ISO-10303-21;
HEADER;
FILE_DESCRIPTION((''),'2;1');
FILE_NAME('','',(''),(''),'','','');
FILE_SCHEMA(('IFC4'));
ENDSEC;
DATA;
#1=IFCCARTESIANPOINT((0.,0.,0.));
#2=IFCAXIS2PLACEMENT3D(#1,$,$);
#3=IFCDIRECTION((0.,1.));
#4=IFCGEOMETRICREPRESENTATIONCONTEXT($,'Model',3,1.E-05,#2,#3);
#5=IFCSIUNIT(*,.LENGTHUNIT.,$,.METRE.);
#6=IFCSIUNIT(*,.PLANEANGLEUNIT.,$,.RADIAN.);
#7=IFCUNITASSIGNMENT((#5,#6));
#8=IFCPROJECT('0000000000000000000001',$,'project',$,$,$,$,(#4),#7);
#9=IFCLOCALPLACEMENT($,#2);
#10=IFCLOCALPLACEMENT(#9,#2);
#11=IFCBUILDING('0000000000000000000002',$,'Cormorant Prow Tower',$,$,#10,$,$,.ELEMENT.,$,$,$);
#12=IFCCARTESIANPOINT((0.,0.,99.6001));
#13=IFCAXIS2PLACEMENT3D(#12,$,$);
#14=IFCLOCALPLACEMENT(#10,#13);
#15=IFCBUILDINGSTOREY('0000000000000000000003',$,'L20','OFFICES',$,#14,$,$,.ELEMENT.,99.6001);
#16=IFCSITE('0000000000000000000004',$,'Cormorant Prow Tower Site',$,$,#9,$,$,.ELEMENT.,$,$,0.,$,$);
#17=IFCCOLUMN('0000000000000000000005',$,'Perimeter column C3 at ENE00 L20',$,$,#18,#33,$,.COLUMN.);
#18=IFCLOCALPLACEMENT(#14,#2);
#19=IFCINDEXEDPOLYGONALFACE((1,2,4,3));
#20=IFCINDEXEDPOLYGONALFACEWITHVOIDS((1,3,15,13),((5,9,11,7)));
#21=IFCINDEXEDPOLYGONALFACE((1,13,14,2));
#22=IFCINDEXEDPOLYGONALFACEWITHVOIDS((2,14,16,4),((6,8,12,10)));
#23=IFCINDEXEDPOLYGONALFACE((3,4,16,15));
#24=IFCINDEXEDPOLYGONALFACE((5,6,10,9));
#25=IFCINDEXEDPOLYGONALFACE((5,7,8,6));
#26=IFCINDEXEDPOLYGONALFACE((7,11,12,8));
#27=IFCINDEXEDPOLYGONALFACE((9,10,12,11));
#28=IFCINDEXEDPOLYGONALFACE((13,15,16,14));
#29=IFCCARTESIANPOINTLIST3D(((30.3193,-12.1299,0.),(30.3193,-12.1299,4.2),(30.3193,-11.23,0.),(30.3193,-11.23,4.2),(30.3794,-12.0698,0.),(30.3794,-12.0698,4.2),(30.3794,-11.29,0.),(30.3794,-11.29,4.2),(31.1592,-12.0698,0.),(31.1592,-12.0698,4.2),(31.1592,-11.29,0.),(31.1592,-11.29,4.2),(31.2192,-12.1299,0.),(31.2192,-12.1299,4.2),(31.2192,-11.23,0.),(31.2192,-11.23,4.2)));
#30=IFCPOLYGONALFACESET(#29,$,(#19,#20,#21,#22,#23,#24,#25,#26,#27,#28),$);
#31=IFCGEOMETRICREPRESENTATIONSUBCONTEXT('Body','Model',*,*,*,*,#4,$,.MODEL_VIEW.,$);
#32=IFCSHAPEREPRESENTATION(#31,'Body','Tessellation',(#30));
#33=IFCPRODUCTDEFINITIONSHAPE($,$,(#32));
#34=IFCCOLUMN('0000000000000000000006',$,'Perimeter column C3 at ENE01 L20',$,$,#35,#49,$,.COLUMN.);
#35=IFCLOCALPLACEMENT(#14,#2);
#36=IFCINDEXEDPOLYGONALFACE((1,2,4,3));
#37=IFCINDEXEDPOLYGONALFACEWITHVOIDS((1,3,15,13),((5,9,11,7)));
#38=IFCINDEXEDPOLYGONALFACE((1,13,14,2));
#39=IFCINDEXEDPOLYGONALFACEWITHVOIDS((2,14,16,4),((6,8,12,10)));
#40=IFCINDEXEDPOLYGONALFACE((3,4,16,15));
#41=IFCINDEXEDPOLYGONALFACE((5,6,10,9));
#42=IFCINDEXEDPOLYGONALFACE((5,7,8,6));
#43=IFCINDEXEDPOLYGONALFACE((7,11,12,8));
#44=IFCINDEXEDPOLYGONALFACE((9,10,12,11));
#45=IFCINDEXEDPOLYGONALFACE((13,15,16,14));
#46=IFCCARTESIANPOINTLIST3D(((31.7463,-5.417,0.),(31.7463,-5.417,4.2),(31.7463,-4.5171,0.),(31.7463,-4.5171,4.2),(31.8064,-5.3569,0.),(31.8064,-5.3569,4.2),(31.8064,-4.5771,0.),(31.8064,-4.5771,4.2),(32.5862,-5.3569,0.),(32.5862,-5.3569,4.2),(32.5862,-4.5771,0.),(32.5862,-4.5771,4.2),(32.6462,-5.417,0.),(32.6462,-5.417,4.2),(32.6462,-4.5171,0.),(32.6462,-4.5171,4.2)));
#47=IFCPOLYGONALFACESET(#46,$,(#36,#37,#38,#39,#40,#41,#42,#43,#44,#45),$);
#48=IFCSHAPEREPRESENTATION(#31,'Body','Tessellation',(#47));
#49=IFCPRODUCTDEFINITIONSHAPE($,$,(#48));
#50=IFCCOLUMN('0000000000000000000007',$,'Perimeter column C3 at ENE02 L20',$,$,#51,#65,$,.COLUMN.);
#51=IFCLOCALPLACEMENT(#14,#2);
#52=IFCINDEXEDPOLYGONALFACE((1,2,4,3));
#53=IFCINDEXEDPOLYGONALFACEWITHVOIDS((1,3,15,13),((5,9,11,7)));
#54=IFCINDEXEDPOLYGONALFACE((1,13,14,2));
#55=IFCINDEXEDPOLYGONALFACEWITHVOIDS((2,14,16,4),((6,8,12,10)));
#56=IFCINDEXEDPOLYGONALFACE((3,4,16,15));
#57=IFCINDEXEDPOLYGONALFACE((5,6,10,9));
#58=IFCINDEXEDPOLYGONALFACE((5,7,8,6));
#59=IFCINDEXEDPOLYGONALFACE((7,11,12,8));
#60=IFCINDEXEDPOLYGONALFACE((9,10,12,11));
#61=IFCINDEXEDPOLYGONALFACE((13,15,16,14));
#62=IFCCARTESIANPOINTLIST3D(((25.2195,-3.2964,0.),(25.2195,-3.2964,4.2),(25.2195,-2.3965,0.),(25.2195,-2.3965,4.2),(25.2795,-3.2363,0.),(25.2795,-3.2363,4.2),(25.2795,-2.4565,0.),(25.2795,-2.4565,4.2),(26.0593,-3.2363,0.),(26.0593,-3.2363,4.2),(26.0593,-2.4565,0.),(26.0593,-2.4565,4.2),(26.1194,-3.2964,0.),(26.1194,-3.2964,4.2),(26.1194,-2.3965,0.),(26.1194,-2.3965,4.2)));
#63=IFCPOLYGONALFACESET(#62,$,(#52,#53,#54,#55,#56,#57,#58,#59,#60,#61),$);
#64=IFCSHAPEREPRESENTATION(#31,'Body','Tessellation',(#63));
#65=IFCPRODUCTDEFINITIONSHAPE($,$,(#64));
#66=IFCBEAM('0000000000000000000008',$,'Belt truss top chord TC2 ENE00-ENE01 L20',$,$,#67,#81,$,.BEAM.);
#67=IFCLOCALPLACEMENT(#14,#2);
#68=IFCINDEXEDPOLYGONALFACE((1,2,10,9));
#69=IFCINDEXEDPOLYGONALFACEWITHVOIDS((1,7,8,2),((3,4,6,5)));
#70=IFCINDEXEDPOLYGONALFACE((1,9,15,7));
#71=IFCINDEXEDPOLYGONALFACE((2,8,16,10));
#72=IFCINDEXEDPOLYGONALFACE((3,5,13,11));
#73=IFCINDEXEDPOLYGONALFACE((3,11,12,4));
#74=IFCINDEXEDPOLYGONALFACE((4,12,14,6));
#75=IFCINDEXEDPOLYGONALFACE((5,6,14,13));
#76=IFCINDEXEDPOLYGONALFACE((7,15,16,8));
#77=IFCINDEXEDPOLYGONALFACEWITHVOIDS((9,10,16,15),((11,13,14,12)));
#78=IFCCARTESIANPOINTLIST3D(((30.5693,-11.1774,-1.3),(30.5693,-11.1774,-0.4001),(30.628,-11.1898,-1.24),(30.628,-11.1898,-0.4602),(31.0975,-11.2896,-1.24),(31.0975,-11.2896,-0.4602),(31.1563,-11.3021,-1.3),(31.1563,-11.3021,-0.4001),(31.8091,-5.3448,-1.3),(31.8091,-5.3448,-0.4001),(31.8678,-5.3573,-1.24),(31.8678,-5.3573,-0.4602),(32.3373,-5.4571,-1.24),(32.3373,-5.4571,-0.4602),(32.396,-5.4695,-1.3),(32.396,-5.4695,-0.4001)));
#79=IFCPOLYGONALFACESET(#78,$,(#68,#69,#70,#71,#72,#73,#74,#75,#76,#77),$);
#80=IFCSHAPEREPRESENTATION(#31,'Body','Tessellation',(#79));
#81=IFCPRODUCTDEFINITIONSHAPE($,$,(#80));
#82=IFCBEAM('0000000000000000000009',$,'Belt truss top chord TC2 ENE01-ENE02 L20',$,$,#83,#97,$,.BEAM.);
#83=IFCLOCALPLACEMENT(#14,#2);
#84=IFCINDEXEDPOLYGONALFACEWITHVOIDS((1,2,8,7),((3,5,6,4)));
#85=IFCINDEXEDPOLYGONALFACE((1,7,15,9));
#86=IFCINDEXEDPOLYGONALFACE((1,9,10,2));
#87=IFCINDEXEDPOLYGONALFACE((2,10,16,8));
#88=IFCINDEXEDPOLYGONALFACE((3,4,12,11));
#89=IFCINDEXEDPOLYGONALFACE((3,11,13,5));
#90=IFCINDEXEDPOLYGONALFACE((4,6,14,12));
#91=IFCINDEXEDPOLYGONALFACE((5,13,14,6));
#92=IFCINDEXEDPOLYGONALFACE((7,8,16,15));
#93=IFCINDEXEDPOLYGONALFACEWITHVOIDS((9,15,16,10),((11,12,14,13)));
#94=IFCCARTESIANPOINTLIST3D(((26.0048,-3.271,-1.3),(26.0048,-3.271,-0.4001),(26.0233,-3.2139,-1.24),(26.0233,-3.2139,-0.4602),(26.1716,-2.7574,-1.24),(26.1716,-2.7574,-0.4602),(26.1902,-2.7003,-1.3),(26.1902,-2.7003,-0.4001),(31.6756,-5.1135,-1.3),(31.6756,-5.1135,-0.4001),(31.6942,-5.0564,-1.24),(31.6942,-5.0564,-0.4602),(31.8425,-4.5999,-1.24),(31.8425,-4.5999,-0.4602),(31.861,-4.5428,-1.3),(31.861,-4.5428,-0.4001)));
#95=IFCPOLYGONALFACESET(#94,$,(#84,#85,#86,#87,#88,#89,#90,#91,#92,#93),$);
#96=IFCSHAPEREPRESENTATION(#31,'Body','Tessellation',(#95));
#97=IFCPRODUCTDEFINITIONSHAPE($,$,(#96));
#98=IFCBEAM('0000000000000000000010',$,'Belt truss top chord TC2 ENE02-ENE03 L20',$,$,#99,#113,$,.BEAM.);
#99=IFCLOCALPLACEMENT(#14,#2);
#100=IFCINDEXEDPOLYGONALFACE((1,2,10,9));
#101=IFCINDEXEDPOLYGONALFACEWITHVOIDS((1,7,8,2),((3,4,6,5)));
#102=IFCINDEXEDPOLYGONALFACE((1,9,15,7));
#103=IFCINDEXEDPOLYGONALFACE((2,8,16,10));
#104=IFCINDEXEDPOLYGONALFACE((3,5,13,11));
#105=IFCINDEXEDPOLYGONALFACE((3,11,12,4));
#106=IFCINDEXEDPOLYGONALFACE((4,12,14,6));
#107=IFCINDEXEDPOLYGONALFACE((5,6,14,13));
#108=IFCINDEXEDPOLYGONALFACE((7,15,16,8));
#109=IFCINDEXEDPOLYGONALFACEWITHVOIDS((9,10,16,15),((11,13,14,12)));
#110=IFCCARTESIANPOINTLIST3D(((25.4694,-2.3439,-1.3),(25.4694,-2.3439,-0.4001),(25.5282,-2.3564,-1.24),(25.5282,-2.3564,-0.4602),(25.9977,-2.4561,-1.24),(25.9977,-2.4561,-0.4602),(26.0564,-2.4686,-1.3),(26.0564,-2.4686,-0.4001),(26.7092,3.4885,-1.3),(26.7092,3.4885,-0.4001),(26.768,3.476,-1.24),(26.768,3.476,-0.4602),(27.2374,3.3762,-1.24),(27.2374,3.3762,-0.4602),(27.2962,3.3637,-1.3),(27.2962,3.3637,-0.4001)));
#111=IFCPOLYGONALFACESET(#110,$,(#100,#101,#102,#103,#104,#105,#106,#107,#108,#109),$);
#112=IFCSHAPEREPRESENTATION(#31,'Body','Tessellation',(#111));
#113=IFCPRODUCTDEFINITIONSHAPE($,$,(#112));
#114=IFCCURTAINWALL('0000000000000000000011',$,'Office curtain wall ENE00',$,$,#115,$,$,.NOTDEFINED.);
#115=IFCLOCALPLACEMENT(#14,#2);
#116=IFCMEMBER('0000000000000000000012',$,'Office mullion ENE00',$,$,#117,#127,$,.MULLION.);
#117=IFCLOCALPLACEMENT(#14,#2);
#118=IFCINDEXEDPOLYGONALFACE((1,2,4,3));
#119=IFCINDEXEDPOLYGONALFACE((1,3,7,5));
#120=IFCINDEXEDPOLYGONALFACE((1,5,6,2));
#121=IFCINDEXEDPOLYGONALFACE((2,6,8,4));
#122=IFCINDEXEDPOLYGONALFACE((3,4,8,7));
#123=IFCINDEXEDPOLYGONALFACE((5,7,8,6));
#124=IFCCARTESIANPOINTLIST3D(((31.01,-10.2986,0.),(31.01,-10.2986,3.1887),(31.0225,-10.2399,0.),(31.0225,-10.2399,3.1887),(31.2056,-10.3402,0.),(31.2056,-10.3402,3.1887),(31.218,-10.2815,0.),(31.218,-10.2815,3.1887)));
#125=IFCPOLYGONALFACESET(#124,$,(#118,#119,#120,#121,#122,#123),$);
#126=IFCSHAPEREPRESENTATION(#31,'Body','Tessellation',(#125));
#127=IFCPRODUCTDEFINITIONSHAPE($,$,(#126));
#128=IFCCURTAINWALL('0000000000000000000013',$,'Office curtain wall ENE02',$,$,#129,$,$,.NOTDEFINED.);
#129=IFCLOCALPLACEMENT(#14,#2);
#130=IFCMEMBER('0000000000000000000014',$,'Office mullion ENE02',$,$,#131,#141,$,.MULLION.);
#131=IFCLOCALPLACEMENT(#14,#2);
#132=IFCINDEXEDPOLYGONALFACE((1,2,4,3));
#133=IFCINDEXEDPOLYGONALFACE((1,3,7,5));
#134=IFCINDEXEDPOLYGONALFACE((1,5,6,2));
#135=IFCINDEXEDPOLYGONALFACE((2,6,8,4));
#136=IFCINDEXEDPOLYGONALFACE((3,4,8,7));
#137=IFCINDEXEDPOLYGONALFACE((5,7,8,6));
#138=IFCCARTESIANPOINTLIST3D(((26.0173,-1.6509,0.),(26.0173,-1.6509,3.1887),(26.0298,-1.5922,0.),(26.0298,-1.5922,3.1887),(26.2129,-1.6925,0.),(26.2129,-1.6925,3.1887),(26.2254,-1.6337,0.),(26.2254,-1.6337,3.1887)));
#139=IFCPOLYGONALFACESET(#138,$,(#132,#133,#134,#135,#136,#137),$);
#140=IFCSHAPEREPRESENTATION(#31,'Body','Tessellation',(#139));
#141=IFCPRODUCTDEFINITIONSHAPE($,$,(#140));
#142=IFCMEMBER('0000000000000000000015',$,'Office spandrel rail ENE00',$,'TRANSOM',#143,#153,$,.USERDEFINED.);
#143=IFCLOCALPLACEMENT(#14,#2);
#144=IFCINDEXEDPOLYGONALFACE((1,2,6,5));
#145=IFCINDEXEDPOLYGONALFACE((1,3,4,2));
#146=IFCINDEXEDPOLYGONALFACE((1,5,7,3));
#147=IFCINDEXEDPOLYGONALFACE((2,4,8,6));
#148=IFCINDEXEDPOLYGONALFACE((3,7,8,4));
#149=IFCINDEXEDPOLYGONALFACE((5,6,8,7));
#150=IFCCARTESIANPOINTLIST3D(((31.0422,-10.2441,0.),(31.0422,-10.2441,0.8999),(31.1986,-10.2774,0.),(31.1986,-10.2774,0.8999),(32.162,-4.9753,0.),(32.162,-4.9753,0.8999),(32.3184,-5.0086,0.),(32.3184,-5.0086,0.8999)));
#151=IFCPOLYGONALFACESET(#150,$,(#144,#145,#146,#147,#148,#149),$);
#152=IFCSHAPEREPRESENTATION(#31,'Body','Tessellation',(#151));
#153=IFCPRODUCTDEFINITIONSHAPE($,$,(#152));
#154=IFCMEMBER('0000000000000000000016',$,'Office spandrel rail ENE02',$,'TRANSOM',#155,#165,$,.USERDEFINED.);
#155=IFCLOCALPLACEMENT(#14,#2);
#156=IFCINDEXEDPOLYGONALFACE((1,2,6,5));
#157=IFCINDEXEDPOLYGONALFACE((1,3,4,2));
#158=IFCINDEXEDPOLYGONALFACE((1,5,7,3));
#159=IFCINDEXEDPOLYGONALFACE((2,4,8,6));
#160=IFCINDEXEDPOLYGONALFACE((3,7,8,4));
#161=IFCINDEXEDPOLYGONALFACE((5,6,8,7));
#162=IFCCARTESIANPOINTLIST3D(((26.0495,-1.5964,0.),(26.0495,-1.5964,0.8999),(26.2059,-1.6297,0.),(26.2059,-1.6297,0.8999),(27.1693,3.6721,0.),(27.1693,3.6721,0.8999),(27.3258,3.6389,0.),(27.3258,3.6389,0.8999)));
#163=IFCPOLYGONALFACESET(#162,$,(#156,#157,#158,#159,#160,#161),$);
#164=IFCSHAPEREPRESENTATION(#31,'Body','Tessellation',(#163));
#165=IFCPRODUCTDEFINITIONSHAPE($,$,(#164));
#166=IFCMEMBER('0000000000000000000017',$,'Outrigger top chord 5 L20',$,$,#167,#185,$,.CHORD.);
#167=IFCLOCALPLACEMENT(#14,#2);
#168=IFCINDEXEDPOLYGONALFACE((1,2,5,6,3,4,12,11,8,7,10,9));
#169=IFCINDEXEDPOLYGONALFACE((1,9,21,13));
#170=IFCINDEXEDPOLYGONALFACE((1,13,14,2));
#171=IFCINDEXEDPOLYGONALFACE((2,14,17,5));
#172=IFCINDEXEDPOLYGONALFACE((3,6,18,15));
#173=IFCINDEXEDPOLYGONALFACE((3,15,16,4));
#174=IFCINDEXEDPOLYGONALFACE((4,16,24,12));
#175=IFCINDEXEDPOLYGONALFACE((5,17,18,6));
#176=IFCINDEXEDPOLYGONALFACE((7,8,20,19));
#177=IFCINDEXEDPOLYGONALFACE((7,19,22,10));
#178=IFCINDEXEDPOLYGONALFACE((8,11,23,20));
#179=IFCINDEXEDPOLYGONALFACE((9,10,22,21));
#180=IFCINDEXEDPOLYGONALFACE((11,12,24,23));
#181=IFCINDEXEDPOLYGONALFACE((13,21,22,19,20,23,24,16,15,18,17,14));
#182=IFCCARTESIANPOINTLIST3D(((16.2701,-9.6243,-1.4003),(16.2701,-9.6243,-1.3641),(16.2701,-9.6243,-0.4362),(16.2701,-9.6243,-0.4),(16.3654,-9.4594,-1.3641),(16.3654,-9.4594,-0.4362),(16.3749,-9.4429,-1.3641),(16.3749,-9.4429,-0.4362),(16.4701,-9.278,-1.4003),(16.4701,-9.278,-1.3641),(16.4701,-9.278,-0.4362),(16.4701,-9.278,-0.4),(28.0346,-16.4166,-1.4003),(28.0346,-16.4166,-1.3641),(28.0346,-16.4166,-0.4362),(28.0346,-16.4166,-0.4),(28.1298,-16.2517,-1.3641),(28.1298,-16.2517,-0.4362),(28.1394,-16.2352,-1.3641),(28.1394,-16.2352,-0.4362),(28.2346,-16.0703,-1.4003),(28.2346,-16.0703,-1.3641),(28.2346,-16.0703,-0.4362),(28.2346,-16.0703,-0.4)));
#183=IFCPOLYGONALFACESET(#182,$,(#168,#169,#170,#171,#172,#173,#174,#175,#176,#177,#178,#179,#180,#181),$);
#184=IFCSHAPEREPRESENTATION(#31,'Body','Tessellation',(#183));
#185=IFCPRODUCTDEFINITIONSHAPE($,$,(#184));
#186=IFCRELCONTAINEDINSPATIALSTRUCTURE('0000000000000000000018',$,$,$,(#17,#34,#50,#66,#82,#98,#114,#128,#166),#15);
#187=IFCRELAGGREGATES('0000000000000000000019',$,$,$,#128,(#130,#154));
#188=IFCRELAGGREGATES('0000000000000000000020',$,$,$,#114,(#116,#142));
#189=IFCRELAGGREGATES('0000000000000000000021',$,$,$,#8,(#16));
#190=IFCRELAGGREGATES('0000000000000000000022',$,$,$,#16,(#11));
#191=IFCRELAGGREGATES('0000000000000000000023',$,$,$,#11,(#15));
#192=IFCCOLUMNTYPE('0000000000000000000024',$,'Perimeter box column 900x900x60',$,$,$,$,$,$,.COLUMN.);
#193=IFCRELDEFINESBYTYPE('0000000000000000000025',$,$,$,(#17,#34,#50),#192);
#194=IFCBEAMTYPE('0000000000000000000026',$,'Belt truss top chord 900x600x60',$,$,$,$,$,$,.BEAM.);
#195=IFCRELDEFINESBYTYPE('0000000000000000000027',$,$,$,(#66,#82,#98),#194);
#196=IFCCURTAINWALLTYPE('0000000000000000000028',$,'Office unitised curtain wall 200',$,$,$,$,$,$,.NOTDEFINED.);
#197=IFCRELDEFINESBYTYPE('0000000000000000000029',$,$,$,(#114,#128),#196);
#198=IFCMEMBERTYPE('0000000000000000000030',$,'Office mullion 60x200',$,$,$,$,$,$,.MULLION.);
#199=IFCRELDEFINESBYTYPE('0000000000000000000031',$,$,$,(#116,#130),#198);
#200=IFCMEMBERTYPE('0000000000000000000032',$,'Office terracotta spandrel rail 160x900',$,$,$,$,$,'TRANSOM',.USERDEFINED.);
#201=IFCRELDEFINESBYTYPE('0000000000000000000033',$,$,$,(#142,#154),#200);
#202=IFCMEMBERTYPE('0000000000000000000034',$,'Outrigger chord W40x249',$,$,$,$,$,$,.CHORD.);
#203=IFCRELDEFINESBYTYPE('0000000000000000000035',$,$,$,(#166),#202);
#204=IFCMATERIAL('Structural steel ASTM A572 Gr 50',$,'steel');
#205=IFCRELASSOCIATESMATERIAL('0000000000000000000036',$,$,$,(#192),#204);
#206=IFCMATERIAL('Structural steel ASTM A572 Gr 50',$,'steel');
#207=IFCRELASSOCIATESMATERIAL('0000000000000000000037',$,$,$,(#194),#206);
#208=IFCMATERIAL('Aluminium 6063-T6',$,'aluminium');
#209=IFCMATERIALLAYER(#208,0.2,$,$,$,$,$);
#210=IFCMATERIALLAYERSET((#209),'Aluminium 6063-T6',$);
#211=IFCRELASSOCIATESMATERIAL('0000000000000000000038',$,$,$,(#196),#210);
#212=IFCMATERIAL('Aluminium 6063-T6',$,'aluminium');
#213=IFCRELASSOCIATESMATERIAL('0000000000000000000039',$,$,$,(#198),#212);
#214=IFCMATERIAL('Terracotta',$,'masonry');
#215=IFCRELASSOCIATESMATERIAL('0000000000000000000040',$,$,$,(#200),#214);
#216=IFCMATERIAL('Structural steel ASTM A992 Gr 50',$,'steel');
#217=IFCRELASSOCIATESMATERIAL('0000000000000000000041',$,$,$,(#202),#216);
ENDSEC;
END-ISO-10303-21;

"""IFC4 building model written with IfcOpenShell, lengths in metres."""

from ifc_helpers import new_model, si_unit, direction, frame, origin, origin_2d, place, context, subcontext, project, spatial, rectangle, hollow_rectangle, i_section, extrude, material, layer, layer_set, material_profile, profile_set, type_object, element, aggregate, save


model = new_model("IFC4")

# Units and contexts
model_context = context("Model", 3, precision=1e-05, world=origin(), true_north=direction((0.0, 1.0)))
body_context = subcontext(model_context, "Body", "Model", "MODEL_VIEW")
ifc_project = project(units=[si_unit("LENGTHUNIT", "METRE"), si_unit("PLANEANGLEUNIT", "RADIAN")], contexts=[model_context])

# Site, building, storey
site_placement = place(None, origin())
site = spatial("IfcSite", under=ifc_project, at=site_placement, Name="Cormorant Prow Tower Site", CompositionType="ELEMENT", RefElevation=0.0)
building_placement = place(site_placement, origin())
building = spatial("IfcBuilding", under=site, at=building_placement, Name="Cormorant Prow Tower", CompositionType="ELEMENT")
storey_placement = place(building_placement, frame((0.0, 0.0, 99.6001)))
storey = spatial("IfcBuildingStorey", under=building, at=storey_placement, Name="L20", Description="OFFICES", CompositionType="ELEMENT", Elevation=99.6001)

# Columns
ifc_material_1 = material(Name="Structural steel ASTM A572 Gr 50", Category="steel")
ifc_material_profile_1 = material_profile(ifc_material_1, hollow_rectangle(XDim=0.8999, YDim=0.8999, WallThickness=0.0601, at=origin_2d()), Name="Box 900x900x60")
ifc_profile_set_1 = profile_set([ifc_material_profile_1], Name="Structural steel ASTM A572 Gr 50")
column_type = type_object("IfcColumnType", Name="Perimeter box column 900x900x60", PredefinedType="COLUMN", material=ifc_profile_set_1)
for number, where, z_axis, x_axis, name in (
    (1, (30.7693, -11.6799, 0.0), (0.0, 0.0, 1.0), (1.0, 0.0, 0.0), "Perimeter column C3 at ENE00 L20"),
    (2, (32.1963, -4.967, 0.0), (0.0, 0.0, 1.0), (1.0, 0.0, 0.0), "Perimeter column C3 at ENE01 L20"),
    (3, (25.6694, -2.8464, 0.0), (0.0, 0.0, 1.0), (1.0, 0.0, 0.0), "Perimeter column C3 at ENE02 L20"),
):
    element("IfcColumn", number, at=place(storey_placement, frame(where, z_axis=z_axis, x_axis=x_axis)), inside=storey, type_object=column_type, Name=name, PredefinedType="COLUMN", context=body_context, shape_type="SweptSolid", body=[
        extrude(hollow_rectangle(XDim=0.8999, YDim=0.8999, WallThickness=0.0601, at=origin_2d()), origin(), (0.0, 0.0, 1.0), 4.2),
    ])

# Beams
ifc_material_2 = material(Name="Structural steel ASTM A572 Gr 50", Category="steel")
ifc_material_profile_2 = material_profile(ifc_material_2, hollow_rectangle(XDim=0.6001, YDim=0.8999, WallThickness=0.0601, at=origin_2d()), Name="Box 900x600x60")
ifc_profile_set_2 = profile_set([ifc_material_profile_2], Name="Structural steel ASTM A572 Gr 50")
beam_type_1 = type_object("IfcBeamType", Name="Belt truss top chord 900x600x60", PredefinedType="BEAM", material=ifc_profile_set_2)
beam_1_placement = place(storey_placement, frame((30.8628, -11.2397, -0.8501), z_axis=(0.207913, 0.978147, 0.0), x_axis=(-0.978147, 0.207913, 0.0)))
element("IfcBeam", 4, at=beam_1_placement, inside=storey, type_object=beam_type_1, Name="Belt truss top chord TC2 ENE00-ENE01 L20", PredefinedType="BEAM", context=body_context, shape_type="SweptSolid", body=[
    extrude(hollow_rectangle(XDim=0.6001, YDim=0.8999, WallThickness=0.0601, at=origin_2d()), origin(), (0.0, 0.0, 1.0), 5.9629),
])
for number, where, z_axis, x_axis, name in (
    (5, (31.7683, -4.8281, -0.8501), (-0.951059, 0.309008, 0.0), (-0.309008, -0.951059, 0.0), "Belt truss top chord TC2 ENE01-ENE02 L20"),
    (6, (25.7629, -2.4062, -0.8501), (0.207921, 0.978146, 0.0), (-0.978146, 0.207921, 0.0), "Belt truss top chord TC2 ENE02-ENE03 L20"),
):
    element("IfcBeam", number, at=place(storey_placement, frame(where, z_axis=z_axis, x_axis=x_axis)), inside=storey, type_object=beam_type_1, Name=name, PredefinedType="BEAM", context=body_context, shape_type="SweptSolid", body=[
        extrude(hollow_rectangle(XDim=0.6001, YDim=0.8999, WallThickness=0.0601, at=origin_2d()), origin(), (0.0, 0.0, 1.0), 5.9626),
    ])

# Curtain walls, members
ifc_material_3 = material(Name="Aluminium 6063-T6", Category="aluminium")
ifc_layer_1 = layer(ifc_material_3, 0.2)
ifc_layer_set_1 = layer_set([ifc_layer_1], Name="Aluminium 6063-T6")
curtain_wall_type = type_object("IfcCurtainWallType", Name="Office unitised curtain wall 200", PredefinedType="NOTDEFINED", material=ifc_layer_set_1)
curtain_wall_1_placement = place(storey_placement, origin())
curtain_wall_1 = element("IfcCurtainWall", 7, at=curtain_wall_1_placement, inside=storey, type_object=curtain_wall_type, Name="Office curtain wall ENE00", PredefinedType="NOTDEFINED")
ifc_material_4 = material(Name="Aluminium 6063-T6", Category="aluminium")
ifc_material_profile_3 = material_profile(ifc_material_4, rectangle(XDim=0.2, YDim=0.0601, at=origin_2d()), Name="Office mullion 60x200")
ifc_profile_set_3 = profile_set([ifc_material_profile_3], Name="Aluminium 6063-T6")
member_type_1 = type_object("IfcMemberType", Name="Office mullion 60x200", PredefinedType="MULLION", material=ifc_profile_set_3)
member_1_placement = place(storey_placement, frame((31.114, -10.29, 0.0), z_axis=(0.0, 0.0, 1.0), x_axis=(-0.978148, 0.207912, 0.0)))
member_1 = element("IfcMember", 8, at=member_1_placement, type_object=member_type_1, Name="Office mullion ENE00", PredefinedType="MULLION", context=body_context, shape_type="SweptSolid", body=[
    extrude(rectangle(XDim=0.2, YDim=0.0601, at=origin_2d()), origin(), (0.0, 0.0, 1.0), 3.1887),
])
curtain_wall_2_placement = place(storey_placement, origin())
curtain_wall_2 = element("IfcCurtainWall", 9, at=curtain_wall_2_placement, inside=storey, type_object=curtain_wall_type, Name="Office curtain wall ENE02", PredefinedType="NOTDEFINED")
member_2_placement = place(storey_placement, frame((26.1213, -1.6423, 0.0), z_axis=(0.0, 0.0, 1.0), x_axis=(-0.978148, 0.207912, 0.0)))
member_2 = element("IfcMember", 10, at=member_2_placement, type_object=member_type_1, Name="Office mullion ENE02", PredefinedType="MULLION", context=body_context, shape_type="SweptSolid", body=[
    extrude(rectangle(XDim=0.2, YDim=0.0601, at=origin_2d()), origin(), (0.0, 0.0, 1.0), 3.1887),
])

# Members
ifc_material_5 = material(Name="Terracotta", Category="masonry")
ifc_material_profile_4 = material_profile(ifc_material_5, rectangle(XDim=0.1599, YDim=0.8999, at=origin_2d()), Name="Office terracotta spandrel rail 160x900")
ifc_profile_set_4 = profile_set([ifc_material_profile_4], Name="Terracotta")
member_type_2 = type_object("IfcMemberType", Name="Office terracotta spandrel rail 160x900", ElementType="TRANSOM", PredefinedType="USERDEFINED", material=ifc_profile_set_4)
member_3_placement = place(storey_placement, frame((31.1204, -10.2607, 0.45), z_axis=(0.207904, 0.978149, 0.0), x_axis=(-0.978149, 0.207904, 0.0)))
member_3 = element("IfcMember", 11, at=member_3_placement, type_object=member_type_2, Name="Office spandrel rail ENE00", ObjectType="TRANSOM", PredefinedType="USERDEFINED", context=body_context, shape_type="SweptSolid", body=[
    extrude(rectangle(XDim=0.1599, YDim=0.8999, at=origin_2d()), origin(), (0.0, 0.0, 1.0), 5.3865),
])
member_4_placement = place(storey_placement, frame((26.1277, -1.613, 0.45), z_axis=(0.207913, 0.978147, 0.0), x_axis=(-0.978147, 0.207913, 0.0)))
member_4 = element("IfcMember", 12, at=member_4_placement, type_object=member_type_2, Name="Office spandrel rail ENE02", ObjectType="TRANSOM", PredefinedType="USERDEFINED", context=body_context, shape_type="SweptSolid", body=[
    extrude(rectangle(XDim=0.1599, YDim=0.8999, at=origin_2d()), origin(), (0.0, 0.0, 1.0), 5.3862),
])
aggregate(curtain_wall_2, [member_2, member_4])
ifc_material_6 = material(Name="Structural steel ASTM A992 Gr 50", Category="steel")
ifc_material_profile_5 = material_profile(ifc_material_6, i_section(OverallWidth=0.3999, OverallDepth=1.0002, WebThickness=0.019, FlangeThickness=0.0361, at=origin_2d()), Name="W40x249")
ifc_profile_set_5 = profile_set([ifc_material_profile_5], Name="Structural steel ASTM A992 Gr 50")
member_type_3 = type_object("IfcMemberType", Name="Outrigger chord W40x249", PredefinedType="CHORD", material=ifc_profile_set_5)
member_5_placement = place(storey_placement, frame((16.3701, -9.4512, -0.9001), z_axis=(0.866024, -0.500003, 0.0), x_axis=(0.500003, 0.866024, 0.0)))
element("IfcMember", 13, at=member_5_placement, inside=storey, type_object=member_type_3, Name="Outrigger top chord 5 L20", PredefinedType="CHORD", context=body_context, shape_type="SweptSolid", body=[
    extrude(i_section(OverallWidth=0.3999, OverallDepth=1.0002, WebThickness=0.019, FlangeThickness=0.0361, at=origin_2d()), origin(), (0.0, 0.0, 1.0), 13.5845),
])

aggregate(curtain_wall_1, [member_1, member_3])

save(model, "model.ifc")
